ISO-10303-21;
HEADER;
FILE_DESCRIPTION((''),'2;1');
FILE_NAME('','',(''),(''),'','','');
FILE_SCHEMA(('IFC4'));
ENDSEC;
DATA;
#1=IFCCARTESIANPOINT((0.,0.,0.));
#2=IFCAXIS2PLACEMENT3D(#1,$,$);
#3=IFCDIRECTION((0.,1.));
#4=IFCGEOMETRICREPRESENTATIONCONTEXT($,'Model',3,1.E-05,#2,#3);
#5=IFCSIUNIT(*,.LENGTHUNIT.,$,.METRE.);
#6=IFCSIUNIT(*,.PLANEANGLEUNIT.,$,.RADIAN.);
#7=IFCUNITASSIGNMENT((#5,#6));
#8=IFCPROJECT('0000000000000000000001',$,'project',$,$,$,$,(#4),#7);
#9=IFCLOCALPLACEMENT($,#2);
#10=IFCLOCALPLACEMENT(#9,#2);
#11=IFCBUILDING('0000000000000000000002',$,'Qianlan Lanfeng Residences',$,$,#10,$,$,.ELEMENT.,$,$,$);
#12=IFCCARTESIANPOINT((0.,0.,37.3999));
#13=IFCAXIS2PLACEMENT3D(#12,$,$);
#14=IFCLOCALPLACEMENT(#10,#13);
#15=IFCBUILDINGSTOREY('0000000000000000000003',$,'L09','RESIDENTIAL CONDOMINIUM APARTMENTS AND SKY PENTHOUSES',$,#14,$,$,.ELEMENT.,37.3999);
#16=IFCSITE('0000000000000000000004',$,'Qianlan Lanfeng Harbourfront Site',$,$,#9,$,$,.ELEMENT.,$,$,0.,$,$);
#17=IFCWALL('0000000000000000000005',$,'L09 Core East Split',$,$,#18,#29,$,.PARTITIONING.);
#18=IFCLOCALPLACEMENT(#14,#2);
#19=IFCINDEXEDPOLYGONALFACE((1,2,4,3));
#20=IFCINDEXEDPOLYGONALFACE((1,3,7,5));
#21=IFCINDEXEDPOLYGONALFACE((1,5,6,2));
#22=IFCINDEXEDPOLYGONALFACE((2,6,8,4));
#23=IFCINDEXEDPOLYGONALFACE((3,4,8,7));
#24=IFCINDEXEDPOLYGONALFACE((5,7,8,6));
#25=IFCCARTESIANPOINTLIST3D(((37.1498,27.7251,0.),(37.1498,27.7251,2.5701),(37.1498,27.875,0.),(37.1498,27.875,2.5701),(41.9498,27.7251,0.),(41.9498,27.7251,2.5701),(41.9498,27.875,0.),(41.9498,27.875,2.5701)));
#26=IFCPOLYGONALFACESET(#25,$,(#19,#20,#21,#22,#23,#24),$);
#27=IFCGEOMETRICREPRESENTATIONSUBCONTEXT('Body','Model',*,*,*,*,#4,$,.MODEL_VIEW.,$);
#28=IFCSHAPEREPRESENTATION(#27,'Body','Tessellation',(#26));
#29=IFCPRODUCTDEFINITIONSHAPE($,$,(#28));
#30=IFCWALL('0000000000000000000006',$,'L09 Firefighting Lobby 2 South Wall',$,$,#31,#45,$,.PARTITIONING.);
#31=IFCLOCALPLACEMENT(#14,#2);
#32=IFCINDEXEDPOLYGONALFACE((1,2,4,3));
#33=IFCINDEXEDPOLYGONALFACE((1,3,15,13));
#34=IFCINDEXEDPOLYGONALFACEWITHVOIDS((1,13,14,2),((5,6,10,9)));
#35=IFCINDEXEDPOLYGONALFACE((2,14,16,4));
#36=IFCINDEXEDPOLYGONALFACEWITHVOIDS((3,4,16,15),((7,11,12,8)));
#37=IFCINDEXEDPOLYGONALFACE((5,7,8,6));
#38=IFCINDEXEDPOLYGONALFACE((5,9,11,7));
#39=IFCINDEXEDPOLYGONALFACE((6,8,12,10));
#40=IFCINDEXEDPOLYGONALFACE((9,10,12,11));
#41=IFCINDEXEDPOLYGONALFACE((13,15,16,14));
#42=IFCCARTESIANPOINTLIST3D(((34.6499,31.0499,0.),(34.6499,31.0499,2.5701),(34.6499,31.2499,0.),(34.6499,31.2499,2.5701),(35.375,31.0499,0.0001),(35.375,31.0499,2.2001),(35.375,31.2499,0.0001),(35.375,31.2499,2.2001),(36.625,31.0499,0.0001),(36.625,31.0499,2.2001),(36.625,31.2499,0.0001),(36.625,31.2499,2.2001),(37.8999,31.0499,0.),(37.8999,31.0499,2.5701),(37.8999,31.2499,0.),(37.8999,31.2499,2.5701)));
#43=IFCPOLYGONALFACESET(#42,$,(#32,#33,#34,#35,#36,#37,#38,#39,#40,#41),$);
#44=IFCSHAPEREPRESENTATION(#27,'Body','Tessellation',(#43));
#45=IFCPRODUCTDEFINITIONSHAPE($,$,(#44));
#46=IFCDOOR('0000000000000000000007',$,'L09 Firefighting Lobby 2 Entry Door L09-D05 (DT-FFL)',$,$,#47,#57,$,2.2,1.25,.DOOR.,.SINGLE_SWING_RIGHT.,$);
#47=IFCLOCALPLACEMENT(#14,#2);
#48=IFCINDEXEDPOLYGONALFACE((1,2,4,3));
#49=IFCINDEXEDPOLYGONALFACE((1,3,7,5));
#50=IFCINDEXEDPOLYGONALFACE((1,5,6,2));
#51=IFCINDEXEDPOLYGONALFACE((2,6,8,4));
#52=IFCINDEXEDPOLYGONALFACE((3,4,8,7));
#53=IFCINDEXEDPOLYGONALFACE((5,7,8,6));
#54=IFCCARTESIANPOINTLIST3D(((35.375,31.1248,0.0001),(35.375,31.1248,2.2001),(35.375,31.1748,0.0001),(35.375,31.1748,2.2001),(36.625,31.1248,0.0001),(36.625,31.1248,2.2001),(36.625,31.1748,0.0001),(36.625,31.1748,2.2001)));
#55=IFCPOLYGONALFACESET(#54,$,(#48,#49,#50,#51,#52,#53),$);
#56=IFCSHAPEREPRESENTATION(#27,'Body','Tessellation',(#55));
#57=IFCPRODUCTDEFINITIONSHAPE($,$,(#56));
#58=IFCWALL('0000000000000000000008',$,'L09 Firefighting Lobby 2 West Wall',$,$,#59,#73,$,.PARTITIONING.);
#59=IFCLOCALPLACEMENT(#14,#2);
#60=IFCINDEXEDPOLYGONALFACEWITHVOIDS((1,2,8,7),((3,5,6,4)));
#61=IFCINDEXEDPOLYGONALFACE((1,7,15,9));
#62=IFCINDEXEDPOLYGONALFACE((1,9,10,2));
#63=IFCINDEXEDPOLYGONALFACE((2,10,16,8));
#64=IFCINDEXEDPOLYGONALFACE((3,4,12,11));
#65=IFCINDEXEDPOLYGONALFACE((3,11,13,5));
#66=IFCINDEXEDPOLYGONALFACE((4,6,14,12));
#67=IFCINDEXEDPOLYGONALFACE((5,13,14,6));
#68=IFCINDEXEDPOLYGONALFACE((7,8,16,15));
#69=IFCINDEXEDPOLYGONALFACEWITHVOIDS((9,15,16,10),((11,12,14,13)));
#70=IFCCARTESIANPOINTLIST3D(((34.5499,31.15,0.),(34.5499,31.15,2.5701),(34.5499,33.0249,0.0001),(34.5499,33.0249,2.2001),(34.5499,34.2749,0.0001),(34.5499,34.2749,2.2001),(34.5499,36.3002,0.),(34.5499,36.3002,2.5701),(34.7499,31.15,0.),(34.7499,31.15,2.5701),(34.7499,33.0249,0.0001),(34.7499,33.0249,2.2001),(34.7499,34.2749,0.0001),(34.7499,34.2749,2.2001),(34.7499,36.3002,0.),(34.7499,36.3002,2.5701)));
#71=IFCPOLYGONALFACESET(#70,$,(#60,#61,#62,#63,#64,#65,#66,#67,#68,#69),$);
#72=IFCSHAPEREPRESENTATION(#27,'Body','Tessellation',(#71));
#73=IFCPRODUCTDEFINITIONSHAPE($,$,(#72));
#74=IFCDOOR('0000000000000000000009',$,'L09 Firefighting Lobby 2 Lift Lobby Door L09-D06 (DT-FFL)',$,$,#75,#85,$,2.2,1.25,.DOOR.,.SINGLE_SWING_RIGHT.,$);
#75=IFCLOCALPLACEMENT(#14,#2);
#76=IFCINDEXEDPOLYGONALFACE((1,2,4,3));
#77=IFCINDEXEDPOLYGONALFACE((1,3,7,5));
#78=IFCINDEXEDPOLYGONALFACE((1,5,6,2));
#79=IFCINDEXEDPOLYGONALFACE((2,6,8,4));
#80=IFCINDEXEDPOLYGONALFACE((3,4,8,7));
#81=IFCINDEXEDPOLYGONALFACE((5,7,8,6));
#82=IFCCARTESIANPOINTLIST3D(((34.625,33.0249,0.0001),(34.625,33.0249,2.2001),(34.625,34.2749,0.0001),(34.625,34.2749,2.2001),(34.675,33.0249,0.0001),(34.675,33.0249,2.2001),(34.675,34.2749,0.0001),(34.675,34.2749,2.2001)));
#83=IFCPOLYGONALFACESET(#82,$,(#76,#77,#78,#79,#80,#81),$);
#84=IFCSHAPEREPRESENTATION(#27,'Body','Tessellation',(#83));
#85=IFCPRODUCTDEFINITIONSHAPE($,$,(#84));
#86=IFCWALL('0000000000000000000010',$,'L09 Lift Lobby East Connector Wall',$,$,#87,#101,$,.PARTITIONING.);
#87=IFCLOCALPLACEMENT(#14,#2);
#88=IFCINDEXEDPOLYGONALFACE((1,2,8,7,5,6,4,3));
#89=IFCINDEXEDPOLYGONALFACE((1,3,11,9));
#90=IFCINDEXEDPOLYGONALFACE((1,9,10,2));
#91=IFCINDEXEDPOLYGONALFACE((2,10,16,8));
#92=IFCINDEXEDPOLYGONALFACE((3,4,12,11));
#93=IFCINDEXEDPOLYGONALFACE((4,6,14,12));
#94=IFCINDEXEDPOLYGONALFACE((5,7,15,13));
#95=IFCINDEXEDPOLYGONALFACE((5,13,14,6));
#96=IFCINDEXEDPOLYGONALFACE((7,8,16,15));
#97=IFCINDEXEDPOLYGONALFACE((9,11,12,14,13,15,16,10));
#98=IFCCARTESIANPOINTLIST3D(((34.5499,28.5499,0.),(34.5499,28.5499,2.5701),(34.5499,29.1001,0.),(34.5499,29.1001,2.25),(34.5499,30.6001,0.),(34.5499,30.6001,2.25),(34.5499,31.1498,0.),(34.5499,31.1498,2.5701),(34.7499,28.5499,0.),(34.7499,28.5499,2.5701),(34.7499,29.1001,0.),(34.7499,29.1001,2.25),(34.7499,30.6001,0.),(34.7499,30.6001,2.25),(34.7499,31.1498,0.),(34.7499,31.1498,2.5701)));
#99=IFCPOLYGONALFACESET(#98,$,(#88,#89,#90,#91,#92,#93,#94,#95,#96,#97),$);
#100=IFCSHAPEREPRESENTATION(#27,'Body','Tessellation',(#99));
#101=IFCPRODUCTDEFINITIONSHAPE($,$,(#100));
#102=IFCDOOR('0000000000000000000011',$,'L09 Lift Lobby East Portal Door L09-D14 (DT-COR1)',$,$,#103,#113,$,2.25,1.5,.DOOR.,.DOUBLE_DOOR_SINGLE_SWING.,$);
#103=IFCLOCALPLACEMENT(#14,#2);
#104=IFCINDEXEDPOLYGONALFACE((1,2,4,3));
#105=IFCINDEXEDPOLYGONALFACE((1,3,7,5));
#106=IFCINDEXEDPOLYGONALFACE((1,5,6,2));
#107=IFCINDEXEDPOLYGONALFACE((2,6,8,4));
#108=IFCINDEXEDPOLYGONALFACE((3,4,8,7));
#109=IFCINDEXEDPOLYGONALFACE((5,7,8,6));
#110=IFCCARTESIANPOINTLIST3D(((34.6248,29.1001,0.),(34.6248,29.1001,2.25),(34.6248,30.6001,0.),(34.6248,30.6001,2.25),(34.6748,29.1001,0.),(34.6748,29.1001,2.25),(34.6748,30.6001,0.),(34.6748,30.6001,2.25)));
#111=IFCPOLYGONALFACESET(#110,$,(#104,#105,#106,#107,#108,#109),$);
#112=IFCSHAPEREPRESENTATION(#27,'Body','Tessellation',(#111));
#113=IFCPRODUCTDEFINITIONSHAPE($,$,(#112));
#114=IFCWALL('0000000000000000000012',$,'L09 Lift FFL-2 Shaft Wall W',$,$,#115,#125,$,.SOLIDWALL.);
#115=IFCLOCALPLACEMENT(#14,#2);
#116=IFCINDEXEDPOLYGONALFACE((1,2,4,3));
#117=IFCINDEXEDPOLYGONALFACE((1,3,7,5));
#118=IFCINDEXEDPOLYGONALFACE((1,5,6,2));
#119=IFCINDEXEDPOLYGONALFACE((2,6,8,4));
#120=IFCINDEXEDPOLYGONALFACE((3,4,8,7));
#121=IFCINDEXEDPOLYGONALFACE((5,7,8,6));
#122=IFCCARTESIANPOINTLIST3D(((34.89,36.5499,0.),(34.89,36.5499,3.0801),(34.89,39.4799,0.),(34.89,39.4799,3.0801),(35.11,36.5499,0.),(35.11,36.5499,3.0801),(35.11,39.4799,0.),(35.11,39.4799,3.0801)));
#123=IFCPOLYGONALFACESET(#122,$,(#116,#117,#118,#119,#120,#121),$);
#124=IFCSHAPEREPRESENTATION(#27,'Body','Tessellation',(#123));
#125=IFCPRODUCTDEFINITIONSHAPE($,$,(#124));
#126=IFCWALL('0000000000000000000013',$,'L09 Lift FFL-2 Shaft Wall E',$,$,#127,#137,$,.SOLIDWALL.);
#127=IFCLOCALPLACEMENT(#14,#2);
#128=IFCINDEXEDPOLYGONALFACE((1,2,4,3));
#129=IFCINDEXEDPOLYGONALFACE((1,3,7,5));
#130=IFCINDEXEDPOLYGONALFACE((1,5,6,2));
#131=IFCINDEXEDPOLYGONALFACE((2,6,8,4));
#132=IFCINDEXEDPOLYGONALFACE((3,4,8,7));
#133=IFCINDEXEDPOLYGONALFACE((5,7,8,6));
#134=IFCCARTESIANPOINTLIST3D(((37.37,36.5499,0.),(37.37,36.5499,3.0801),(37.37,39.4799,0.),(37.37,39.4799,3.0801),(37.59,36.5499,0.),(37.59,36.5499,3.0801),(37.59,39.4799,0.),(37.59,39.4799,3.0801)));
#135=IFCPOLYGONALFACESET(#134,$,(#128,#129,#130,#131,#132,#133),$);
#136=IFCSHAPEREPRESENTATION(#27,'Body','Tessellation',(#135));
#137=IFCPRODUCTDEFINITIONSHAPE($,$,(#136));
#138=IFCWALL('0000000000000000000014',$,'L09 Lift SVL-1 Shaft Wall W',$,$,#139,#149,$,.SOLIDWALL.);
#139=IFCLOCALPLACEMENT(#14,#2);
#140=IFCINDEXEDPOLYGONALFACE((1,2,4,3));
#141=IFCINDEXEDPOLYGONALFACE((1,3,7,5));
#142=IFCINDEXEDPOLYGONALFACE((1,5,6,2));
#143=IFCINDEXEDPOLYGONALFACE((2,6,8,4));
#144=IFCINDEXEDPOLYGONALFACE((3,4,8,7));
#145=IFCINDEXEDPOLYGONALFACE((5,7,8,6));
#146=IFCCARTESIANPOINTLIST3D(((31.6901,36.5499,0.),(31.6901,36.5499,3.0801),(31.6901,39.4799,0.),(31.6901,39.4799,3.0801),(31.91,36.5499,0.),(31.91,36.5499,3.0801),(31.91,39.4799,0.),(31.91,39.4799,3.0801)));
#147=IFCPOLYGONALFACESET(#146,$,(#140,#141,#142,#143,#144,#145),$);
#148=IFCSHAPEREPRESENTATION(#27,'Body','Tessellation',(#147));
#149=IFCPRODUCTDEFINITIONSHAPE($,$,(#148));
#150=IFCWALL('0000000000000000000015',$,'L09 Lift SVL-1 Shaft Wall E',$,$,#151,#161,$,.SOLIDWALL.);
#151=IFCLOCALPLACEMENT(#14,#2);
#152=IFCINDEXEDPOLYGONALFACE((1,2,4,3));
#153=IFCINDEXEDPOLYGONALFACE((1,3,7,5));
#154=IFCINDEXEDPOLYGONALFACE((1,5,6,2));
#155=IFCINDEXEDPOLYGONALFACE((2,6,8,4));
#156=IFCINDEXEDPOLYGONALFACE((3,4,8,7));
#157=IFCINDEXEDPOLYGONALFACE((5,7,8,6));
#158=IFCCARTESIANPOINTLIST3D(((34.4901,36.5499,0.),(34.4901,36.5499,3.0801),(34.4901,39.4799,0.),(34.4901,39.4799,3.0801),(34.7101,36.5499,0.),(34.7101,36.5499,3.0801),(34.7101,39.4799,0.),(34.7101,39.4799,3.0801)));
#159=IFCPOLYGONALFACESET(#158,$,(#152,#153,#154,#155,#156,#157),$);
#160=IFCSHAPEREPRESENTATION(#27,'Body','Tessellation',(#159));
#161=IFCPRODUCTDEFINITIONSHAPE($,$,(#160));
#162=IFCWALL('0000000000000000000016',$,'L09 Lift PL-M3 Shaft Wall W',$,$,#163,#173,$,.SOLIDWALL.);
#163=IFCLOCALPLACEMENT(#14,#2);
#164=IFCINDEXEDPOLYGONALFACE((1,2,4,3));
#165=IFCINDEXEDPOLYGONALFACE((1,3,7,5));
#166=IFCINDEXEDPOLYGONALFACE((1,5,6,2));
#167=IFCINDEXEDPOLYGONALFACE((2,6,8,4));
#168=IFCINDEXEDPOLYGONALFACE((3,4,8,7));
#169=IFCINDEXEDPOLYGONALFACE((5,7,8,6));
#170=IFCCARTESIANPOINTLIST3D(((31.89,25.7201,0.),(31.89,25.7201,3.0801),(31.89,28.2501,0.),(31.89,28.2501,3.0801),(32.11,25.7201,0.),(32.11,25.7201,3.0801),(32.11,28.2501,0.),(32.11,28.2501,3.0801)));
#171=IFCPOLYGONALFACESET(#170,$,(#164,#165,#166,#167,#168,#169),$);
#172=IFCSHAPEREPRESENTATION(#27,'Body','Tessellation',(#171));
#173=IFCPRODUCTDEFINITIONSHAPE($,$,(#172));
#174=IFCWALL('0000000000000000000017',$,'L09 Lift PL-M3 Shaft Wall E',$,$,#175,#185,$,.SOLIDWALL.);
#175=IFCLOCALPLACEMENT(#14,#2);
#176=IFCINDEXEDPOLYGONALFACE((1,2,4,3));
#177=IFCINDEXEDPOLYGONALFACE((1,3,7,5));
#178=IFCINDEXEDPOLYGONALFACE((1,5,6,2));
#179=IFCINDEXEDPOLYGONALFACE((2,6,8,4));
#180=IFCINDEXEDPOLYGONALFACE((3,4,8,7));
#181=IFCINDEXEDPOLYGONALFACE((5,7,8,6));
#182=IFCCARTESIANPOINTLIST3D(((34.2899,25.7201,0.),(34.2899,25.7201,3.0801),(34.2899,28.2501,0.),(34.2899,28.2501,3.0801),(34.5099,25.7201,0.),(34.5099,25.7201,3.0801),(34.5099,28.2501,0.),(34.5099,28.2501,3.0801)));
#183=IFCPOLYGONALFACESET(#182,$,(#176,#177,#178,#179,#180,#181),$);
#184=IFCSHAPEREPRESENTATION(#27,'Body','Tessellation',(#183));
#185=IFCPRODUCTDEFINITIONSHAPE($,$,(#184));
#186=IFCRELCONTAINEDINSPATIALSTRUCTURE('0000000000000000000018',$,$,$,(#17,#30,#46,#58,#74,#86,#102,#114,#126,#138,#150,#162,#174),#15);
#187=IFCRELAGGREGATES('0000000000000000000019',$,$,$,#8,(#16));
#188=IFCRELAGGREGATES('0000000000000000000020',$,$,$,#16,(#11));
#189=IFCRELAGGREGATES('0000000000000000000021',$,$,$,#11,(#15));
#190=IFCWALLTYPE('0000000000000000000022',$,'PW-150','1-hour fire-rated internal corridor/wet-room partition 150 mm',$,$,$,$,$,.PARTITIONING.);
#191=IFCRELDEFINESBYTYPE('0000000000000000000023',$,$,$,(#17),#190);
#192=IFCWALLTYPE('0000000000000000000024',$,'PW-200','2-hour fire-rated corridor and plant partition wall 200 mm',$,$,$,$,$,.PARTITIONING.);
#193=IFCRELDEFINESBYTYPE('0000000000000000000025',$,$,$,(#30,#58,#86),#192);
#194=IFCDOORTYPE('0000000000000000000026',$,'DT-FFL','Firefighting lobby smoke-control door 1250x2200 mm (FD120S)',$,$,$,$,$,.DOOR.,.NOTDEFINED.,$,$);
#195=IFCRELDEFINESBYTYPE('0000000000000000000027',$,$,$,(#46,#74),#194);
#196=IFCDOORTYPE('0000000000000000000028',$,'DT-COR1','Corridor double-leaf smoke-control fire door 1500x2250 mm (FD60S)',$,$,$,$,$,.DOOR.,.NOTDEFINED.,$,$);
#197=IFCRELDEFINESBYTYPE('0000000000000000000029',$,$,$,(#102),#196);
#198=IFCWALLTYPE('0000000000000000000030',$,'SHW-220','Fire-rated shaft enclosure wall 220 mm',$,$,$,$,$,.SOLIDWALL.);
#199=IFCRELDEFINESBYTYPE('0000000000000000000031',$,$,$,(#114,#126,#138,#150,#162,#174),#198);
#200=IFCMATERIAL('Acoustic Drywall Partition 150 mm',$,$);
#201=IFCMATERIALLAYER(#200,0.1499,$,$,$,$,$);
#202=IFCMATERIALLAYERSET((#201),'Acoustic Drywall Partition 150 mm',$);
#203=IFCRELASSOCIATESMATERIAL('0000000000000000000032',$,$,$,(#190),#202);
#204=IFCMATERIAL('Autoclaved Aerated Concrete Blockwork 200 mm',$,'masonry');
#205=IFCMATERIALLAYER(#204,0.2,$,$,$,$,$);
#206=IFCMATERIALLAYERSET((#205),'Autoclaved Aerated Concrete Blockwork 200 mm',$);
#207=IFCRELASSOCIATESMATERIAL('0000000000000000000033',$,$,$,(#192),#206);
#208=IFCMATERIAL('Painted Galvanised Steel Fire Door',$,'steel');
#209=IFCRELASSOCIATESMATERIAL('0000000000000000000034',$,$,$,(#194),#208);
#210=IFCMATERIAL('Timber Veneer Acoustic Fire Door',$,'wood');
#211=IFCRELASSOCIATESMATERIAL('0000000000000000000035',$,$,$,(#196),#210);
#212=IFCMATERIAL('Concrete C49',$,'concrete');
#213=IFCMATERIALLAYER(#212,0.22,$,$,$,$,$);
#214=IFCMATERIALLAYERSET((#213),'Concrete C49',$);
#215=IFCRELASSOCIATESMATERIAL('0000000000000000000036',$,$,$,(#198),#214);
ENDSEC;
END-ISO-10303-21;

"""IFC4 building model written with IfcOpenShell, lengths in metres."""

from ifc_helpers import new_model, si_unit, direction, frame, frame_2d, origin, place, context, subcontext, project, spatial, rectangle, extrude, material, layer, layer_set, type_object, element, fill, save


model = new_model("IFC4")

# Units and contexts
model_context = context("Model", 3, precision=1e-05, world=origin(), true_north=direction((0.0, 1.0)))
body_context = subcontext(model_context, "Body", "Model", "MODEL_VIEW")
ifc_project = project(units=[si_unit("LENGTHUNIT", "METRE"), si_unit("PLANEANGLEUNIT", "RADIAN")], contexts=[model_context])

# Site, building, storey
site_placement = place(None, origin())
site = spatial("IfcSite", under=ifc_project, at=site_placement, Name="Qianlan Lanfeng Harbourfront Site", CompositionType="ELEMENT", RefElevation=0.0)
building_placement = place(site_placement, origin())
building = spatial("IfcBuilding", under=site, at=building_placement, Name="Qianlan Lanfeng Residences", CompositionType="ELEMENT")
storey_placement = place(building_placement, frame((0.0, 0.0, 37.3999)))
storey = spatial("IfcBuildingStorey", under=building, at=storey_placement, Name="L09", Description="RESIDENTIAL CONDOMINIUM APARTMENTS AND SKY PENTHOUSES", CompositionType="ELEMENT", Elevation=37.3999)

# Wall
ifc_material_1 = material(Name="Acoustic Drywall Partition 150 mm")
ifc_layer_1 = layer(ifc_material_1, 0.1499)
ifc_layer_set_1 = layer_set([ifc_layer_1], Name="Acoustic Drywall Partition 150 mm")
wall_type_1 = type_object("IfcWallType", Name="PW-150", Description="1-hour fire-rated internal corridor/wet-room partition 150 mm", PredefinedType="PARTITIONING", material=ifc_layer_set_1)
wall_1_placement = place(storey_placement, frame((37.1499, 27.8, 0.0), z_axis=(0.0, 0.0, 1.0), x_axis=(1.0, 0.0, 0.0)))
element("IfcWall", 1, at=wall_1_placement, inside=storey, type_object=wall_type_1, Name="L09 Core East Split", PredefinedType="PARTITIONING", context=body_context, shape_type="SweptSolid", body=[
    extrude(rectangle(XDim=4.8, YDim=0.1499, at=frame_2d((2.3999, 0.0))), origin(), (0.0, 0.0, 1.0), 2.5701),
])

# Walls, openings, doors
ifc_material_2 = material(Name="Autoclaved Aerated Concrete Blockwork 200 mm", Category="masonry")
ifc_layer_2 = layer(ifc_material_2, 0.2)
ifc_layer_set_2 = layer_set([ifc_layer_2], Name="Autoclaved Aerated Concrete Blockwork 200 mm")
wall_type_2 = type_object("IfcWallType", Name="PW-200", Description="2-hour fire-rated corridor and plant partition wall 200 mm", PredefinedType="PARTITIONING", material=ifc_layer_set_2)
wall_2_placement = place(storey_placement, frame((34.6499, 31.1499, 0.0), z_axis=(0.0, 0.0, 1.0), x_axis=(1.0, 0.0, 0.0)))
wall_2 = element("IfcWall", 2, at=wall_2_placement, inside=storey, type_object=wall_type_2, Name="L09 Firefighting Lobby 2 South Wall", PredefinedType="PARTITIONING", context=body_context, shape_type="SweptSolid", body=[
    extrude(rectangle(XDim=3.25, YDim=0.2, at=frame_2d((1.625, 0.0))), origin(), (0.0, 0.0, 1.0), 2.5701),
])
opening_1_placement = place(wall_2_placement, frame((0.7251, 0.0, 0.0)))
opening_1 = element("IfcOpeningElement", 3, at=opening_1_placement, cuts=wall_2, PredefinedType="OPENING", context=body_context, shape_type="SweptSolid", body=[
    extrude(rectangle(XDim=1.25, YDim=2.2, at=frame_2d((0.625, 1.1001))), frame((0.0, 0.1099, 0.0), z_axis=(0.0, -1.0, 0.0), x_axis=(1.0, 0.0, 0.0)), (0.0, 0.0, 1.0), 0.22),
])
ifc_material_3 = material(Name="Painted Galvanised Steel Fire Door", Category="steel")
door_type_1 = type_object("IfcDoorType", Name="DT-FFL", Description="Firefighting lobby smoke-control door 1250x2200 mm (FD120S)", OperationType="NOTDEFINED", PredefinedType="DOOR", material=ifc_material_3)
door_1_placement = place(opening_1_placement, origin())
door_1 = element("IfcDoor", 4, at=door_1_placement, inside=storey, type_object=door_type_1, Name="L09 Firefighting Lobby 2 Entry Door L09-D05 (DT-FFL)", OperationType="SINGLE_SWING_RIGHT", OverallHeight=2.2, OverallWidth=1.25, PredefinedType="DOOR", context=body_context, shape_type="SweptSolid", body=[
    extrude(rectangle(XDim=1.25, YDim=2.2, at=frame_2d((0.625, 1.1001))), frame((0.0, 0.0249, 0.0), z_axis=(0.0, -1.0, 0.0), x_axis=(1.0, 0.0, 0.0)), (0.0, 0.0, 1.0), 0.05),
])
fill(opening_1, door_1)
wall_3_placement = place(storey_placement, frame((34.6499, 31.1499, 0.0), z_axis=(0.0, 0.0, 1.0), x_axis=(0.0, 1.0, 0.0)))
wall_3 = element("IfcWall", 5, at=wall_3_placement, inside=storey, type_object=wall_type_2, Name="L09 Firefighting Lobby 2 West Wall", PredefinedType="PARTITIONING", context=body_context, shape_type="SweptSolid", body=[
    extrude(rectangle(XDim=5.1501, YDim=0.2, at=frame_2d((2.5752, 0.0))), origin(), (0.0, 0.0, 1.0), 2.5701),
])
opening_2_placement = place(wall_3_placement, frame((1.875, 0.0, 0.0)))
opening_2 = element("IfcOpeningElement", 6, at=opening_2_placement, cuts=wall_3, PredefinedType="OPENING", context=body_context, shape_type="SweptSolid", body=[
    extrude(rectangle(XDim=1.25, YDim=2.2, at=frame_2d((0.625, 1.1001))), frame((0.0, 0.1099, 0.0), z_axis=(0.0, -1.0, 0.0), x_axis=(1.0, 0.0, 0.0)), (0.0, 0.0, 1.0), 0.22),
])
door_2_placement = place(opening_2_placement, origin())
door_2 = element("IfcDoor", 7, at=door_2_placement, inside=storey, type_object=door_type_1, Name="L09 Firefighting Lobby 2 Lift Lobby Door L09-D06 (DT-FFL)", OperationType="SINGLE_SWING_RIGHT", OverallHeight=2.2, OverallWidth=1.25, PredefinedType="DOOR", context=body_context, shape_type="SweptSolid", body=[
    extrude(rectangle(XDim=1.25, YDim=2.2, at=frame_2d((0.625, 1.1001))), frame((0.0, 0.0249, 0.0), z_axis=(0.0, -1.0, 0.0), x_axis=(1.0, 0.0, 0.0)), (0.0, 0.0, 1.0), 0.05),
])
fill(opening_2, door_2)
wall_4_placement = place(storey_placement, frame((34.6499, 28.55, 0.0), z_axis=(0.0, 0.0, 1.0), x_axis=(0.0, 1.0, 0.0)))
wall_4 = element("IfcWall", 8, at=wall_4_placement, inside=storey, type_object=wall_type_2, Name="L09 Lift Lobby East Connector Wall", PredefinedType="PARTITIONING", context=body_context, shape_type="SweptSolid", body=[
    extrude(rectangle(XDim=2.5999, YDim=0.2, at=frame_2d((1.2998, 0.0))), origin(), (0.0, 0.0, 1.0), 2.5701),
])
opening_3_placement = place(wall_4_placement, frame((0.55, 0.0, 0.0)))
opening_3 = element("IfcOpeningElement", 9, at=opening_3_placement, cuts=wall_4, PredefinedType="OPENING", context=body_context, shape_type="SweptSolid", body=[
    extrude(rectangle(XDim=1.5, YDim=2.25, at=frame_2d((0.75, 1.125))), frame((0.0, 0.1099, 0.0), z_axis=(0.0, -1.0, 0.0), x_axis=(1.0, 0.0, 0.0)), (0.0, 0.0, 1.0), 0.22),
])
ifc_material_4 = material(Name="Timber Veneer Acoustic Fire Door", Category="wood")
door_type_2 = type_object("IfcDoorType", Name="DT-COR1", Description="Corridor double-leaf smoke-control fire door 1500x2250 mm (FD60S)", OperationType="NOTDEFINED", PredefinedType="DOOR", material=ifc_material_4)
door_3_placement = place(opening_3_placement, frame((1.5, 0.0, 0.0), z_axis=(0.0, 0.0, 1.0), x_axis=(-1.0, 0.0, 0.0)))
door_3 = element("IfcDoor", 10, at=door_3_placement, inside=storey, type_object=door_type_2, Name="L09 Lift Lobby East Portal Door L09-D14 (DT-COR1)", OperationType="DOUBLE_DOOR_SINGLE_SWING", OverallHeight=2.25, OverallWidth=1.5, PredefinedType="DOOR", context=body_context, shape_type="SweptSolid", body=[
    extrude(rectangle(XDim=1.5, YDim=2.25, at=frame_2d((0.75, 1.125))), frame((0.0, 0.0249, 0.0), z_axis=(0.0, -1.0, 0.0), x_axis=(1.0, 0.0, 0.0)), (0.0, 0.0, 1.0), 0.05),
])
fill(opening_3, door_3)

# Walls
ifc_material_5 = material(Name="Concrete C49", Category="concrete")
ifc_layer_3 = layer(ifc_material_5, 0.22)
ifc_layer_set_3 = layer_set([ifc_layer_3], Name="Concrete C49")
wall_type_3 = type_object("IfcWallType", Name="SHW-220", Description="Fire-rated shaft enclosure wall 220 mm", PredefinedType="SOLIDWALL", material=ifc_layer_set_3)
for number, where, z_axis, x_axis, name in (
    (11, (35.0, 36.55, 0.0), (0.0, 0.0, 1.0), (0.0, 1.0, 0.0), "L09 Lift FFL-2 Shaft Wall W"),
    (12, (37.48, 36.55, 0.0), (0.0, 0.0, 1.0), (0.0, 1.0, 0.0), "L09 Lift FFL-2 Shaft Wall E"),
    (13, (31.8, 36.55, 0.0), (0.0, 0.0, 1.0), (0.0, 1.0, 0.0), "L09 Lift SVL-1 Shaft Wall W"),
    (14, (34.6001, 36.55, 0.0), (0.0, 0.0, 1.0), (0.0, 1.0, 0.0), "L09 Lift SVL-1 Shaft Wall E"),
):
    element("IfcWall", number, at=place(storey_placement, frame(where, z_axis=z_axis, x_axis=x_axis)), inside=storey, type_object=wall_type_3, Name=name, PredefinedType="SOLIDWALL", context=body_context, shape_type="SweptSolid", body=[
        extrude(rectangle(XDim=2.9299, YDim=0.22, at=frame_2d((1.4648, 0.0))), origin(), (0.0, 0.0, 1.0), 3.0801),
    ])
for number, where, z_axis, x_axis, name in (
    (15, (32.0, 25.72, 0.0), (0.0, 0.0, 1.0), (0.0, 1.0, 0.0), "L09 Lift PL-M3 Shaft Wall W"),
    (16, (34.3999, 25.72, 0.0), (0.0, 0.0, 1.0), (0.0, 1.0, 0.0), "L09 Lift PL-M3 Shaft Wall E"),
):
    element("IfcWall", number, at=place(storey_placement, frame(where, z_axis=z_axis, x_axis=x_axis)), inside=storey, type_object=wall_type_3, Name=name, PredefinedType="SOLIDWALL", context=body_context, shape_type="SweptSolid", body=[
        extrude(rectangle(XDim=2.53, YDim=0.22, at=frame_2d((1.2651, 0.0))), origin(), (0.0, 0.0, 1.0), 3.0801),
    ])

save(model, "model.ifc")
